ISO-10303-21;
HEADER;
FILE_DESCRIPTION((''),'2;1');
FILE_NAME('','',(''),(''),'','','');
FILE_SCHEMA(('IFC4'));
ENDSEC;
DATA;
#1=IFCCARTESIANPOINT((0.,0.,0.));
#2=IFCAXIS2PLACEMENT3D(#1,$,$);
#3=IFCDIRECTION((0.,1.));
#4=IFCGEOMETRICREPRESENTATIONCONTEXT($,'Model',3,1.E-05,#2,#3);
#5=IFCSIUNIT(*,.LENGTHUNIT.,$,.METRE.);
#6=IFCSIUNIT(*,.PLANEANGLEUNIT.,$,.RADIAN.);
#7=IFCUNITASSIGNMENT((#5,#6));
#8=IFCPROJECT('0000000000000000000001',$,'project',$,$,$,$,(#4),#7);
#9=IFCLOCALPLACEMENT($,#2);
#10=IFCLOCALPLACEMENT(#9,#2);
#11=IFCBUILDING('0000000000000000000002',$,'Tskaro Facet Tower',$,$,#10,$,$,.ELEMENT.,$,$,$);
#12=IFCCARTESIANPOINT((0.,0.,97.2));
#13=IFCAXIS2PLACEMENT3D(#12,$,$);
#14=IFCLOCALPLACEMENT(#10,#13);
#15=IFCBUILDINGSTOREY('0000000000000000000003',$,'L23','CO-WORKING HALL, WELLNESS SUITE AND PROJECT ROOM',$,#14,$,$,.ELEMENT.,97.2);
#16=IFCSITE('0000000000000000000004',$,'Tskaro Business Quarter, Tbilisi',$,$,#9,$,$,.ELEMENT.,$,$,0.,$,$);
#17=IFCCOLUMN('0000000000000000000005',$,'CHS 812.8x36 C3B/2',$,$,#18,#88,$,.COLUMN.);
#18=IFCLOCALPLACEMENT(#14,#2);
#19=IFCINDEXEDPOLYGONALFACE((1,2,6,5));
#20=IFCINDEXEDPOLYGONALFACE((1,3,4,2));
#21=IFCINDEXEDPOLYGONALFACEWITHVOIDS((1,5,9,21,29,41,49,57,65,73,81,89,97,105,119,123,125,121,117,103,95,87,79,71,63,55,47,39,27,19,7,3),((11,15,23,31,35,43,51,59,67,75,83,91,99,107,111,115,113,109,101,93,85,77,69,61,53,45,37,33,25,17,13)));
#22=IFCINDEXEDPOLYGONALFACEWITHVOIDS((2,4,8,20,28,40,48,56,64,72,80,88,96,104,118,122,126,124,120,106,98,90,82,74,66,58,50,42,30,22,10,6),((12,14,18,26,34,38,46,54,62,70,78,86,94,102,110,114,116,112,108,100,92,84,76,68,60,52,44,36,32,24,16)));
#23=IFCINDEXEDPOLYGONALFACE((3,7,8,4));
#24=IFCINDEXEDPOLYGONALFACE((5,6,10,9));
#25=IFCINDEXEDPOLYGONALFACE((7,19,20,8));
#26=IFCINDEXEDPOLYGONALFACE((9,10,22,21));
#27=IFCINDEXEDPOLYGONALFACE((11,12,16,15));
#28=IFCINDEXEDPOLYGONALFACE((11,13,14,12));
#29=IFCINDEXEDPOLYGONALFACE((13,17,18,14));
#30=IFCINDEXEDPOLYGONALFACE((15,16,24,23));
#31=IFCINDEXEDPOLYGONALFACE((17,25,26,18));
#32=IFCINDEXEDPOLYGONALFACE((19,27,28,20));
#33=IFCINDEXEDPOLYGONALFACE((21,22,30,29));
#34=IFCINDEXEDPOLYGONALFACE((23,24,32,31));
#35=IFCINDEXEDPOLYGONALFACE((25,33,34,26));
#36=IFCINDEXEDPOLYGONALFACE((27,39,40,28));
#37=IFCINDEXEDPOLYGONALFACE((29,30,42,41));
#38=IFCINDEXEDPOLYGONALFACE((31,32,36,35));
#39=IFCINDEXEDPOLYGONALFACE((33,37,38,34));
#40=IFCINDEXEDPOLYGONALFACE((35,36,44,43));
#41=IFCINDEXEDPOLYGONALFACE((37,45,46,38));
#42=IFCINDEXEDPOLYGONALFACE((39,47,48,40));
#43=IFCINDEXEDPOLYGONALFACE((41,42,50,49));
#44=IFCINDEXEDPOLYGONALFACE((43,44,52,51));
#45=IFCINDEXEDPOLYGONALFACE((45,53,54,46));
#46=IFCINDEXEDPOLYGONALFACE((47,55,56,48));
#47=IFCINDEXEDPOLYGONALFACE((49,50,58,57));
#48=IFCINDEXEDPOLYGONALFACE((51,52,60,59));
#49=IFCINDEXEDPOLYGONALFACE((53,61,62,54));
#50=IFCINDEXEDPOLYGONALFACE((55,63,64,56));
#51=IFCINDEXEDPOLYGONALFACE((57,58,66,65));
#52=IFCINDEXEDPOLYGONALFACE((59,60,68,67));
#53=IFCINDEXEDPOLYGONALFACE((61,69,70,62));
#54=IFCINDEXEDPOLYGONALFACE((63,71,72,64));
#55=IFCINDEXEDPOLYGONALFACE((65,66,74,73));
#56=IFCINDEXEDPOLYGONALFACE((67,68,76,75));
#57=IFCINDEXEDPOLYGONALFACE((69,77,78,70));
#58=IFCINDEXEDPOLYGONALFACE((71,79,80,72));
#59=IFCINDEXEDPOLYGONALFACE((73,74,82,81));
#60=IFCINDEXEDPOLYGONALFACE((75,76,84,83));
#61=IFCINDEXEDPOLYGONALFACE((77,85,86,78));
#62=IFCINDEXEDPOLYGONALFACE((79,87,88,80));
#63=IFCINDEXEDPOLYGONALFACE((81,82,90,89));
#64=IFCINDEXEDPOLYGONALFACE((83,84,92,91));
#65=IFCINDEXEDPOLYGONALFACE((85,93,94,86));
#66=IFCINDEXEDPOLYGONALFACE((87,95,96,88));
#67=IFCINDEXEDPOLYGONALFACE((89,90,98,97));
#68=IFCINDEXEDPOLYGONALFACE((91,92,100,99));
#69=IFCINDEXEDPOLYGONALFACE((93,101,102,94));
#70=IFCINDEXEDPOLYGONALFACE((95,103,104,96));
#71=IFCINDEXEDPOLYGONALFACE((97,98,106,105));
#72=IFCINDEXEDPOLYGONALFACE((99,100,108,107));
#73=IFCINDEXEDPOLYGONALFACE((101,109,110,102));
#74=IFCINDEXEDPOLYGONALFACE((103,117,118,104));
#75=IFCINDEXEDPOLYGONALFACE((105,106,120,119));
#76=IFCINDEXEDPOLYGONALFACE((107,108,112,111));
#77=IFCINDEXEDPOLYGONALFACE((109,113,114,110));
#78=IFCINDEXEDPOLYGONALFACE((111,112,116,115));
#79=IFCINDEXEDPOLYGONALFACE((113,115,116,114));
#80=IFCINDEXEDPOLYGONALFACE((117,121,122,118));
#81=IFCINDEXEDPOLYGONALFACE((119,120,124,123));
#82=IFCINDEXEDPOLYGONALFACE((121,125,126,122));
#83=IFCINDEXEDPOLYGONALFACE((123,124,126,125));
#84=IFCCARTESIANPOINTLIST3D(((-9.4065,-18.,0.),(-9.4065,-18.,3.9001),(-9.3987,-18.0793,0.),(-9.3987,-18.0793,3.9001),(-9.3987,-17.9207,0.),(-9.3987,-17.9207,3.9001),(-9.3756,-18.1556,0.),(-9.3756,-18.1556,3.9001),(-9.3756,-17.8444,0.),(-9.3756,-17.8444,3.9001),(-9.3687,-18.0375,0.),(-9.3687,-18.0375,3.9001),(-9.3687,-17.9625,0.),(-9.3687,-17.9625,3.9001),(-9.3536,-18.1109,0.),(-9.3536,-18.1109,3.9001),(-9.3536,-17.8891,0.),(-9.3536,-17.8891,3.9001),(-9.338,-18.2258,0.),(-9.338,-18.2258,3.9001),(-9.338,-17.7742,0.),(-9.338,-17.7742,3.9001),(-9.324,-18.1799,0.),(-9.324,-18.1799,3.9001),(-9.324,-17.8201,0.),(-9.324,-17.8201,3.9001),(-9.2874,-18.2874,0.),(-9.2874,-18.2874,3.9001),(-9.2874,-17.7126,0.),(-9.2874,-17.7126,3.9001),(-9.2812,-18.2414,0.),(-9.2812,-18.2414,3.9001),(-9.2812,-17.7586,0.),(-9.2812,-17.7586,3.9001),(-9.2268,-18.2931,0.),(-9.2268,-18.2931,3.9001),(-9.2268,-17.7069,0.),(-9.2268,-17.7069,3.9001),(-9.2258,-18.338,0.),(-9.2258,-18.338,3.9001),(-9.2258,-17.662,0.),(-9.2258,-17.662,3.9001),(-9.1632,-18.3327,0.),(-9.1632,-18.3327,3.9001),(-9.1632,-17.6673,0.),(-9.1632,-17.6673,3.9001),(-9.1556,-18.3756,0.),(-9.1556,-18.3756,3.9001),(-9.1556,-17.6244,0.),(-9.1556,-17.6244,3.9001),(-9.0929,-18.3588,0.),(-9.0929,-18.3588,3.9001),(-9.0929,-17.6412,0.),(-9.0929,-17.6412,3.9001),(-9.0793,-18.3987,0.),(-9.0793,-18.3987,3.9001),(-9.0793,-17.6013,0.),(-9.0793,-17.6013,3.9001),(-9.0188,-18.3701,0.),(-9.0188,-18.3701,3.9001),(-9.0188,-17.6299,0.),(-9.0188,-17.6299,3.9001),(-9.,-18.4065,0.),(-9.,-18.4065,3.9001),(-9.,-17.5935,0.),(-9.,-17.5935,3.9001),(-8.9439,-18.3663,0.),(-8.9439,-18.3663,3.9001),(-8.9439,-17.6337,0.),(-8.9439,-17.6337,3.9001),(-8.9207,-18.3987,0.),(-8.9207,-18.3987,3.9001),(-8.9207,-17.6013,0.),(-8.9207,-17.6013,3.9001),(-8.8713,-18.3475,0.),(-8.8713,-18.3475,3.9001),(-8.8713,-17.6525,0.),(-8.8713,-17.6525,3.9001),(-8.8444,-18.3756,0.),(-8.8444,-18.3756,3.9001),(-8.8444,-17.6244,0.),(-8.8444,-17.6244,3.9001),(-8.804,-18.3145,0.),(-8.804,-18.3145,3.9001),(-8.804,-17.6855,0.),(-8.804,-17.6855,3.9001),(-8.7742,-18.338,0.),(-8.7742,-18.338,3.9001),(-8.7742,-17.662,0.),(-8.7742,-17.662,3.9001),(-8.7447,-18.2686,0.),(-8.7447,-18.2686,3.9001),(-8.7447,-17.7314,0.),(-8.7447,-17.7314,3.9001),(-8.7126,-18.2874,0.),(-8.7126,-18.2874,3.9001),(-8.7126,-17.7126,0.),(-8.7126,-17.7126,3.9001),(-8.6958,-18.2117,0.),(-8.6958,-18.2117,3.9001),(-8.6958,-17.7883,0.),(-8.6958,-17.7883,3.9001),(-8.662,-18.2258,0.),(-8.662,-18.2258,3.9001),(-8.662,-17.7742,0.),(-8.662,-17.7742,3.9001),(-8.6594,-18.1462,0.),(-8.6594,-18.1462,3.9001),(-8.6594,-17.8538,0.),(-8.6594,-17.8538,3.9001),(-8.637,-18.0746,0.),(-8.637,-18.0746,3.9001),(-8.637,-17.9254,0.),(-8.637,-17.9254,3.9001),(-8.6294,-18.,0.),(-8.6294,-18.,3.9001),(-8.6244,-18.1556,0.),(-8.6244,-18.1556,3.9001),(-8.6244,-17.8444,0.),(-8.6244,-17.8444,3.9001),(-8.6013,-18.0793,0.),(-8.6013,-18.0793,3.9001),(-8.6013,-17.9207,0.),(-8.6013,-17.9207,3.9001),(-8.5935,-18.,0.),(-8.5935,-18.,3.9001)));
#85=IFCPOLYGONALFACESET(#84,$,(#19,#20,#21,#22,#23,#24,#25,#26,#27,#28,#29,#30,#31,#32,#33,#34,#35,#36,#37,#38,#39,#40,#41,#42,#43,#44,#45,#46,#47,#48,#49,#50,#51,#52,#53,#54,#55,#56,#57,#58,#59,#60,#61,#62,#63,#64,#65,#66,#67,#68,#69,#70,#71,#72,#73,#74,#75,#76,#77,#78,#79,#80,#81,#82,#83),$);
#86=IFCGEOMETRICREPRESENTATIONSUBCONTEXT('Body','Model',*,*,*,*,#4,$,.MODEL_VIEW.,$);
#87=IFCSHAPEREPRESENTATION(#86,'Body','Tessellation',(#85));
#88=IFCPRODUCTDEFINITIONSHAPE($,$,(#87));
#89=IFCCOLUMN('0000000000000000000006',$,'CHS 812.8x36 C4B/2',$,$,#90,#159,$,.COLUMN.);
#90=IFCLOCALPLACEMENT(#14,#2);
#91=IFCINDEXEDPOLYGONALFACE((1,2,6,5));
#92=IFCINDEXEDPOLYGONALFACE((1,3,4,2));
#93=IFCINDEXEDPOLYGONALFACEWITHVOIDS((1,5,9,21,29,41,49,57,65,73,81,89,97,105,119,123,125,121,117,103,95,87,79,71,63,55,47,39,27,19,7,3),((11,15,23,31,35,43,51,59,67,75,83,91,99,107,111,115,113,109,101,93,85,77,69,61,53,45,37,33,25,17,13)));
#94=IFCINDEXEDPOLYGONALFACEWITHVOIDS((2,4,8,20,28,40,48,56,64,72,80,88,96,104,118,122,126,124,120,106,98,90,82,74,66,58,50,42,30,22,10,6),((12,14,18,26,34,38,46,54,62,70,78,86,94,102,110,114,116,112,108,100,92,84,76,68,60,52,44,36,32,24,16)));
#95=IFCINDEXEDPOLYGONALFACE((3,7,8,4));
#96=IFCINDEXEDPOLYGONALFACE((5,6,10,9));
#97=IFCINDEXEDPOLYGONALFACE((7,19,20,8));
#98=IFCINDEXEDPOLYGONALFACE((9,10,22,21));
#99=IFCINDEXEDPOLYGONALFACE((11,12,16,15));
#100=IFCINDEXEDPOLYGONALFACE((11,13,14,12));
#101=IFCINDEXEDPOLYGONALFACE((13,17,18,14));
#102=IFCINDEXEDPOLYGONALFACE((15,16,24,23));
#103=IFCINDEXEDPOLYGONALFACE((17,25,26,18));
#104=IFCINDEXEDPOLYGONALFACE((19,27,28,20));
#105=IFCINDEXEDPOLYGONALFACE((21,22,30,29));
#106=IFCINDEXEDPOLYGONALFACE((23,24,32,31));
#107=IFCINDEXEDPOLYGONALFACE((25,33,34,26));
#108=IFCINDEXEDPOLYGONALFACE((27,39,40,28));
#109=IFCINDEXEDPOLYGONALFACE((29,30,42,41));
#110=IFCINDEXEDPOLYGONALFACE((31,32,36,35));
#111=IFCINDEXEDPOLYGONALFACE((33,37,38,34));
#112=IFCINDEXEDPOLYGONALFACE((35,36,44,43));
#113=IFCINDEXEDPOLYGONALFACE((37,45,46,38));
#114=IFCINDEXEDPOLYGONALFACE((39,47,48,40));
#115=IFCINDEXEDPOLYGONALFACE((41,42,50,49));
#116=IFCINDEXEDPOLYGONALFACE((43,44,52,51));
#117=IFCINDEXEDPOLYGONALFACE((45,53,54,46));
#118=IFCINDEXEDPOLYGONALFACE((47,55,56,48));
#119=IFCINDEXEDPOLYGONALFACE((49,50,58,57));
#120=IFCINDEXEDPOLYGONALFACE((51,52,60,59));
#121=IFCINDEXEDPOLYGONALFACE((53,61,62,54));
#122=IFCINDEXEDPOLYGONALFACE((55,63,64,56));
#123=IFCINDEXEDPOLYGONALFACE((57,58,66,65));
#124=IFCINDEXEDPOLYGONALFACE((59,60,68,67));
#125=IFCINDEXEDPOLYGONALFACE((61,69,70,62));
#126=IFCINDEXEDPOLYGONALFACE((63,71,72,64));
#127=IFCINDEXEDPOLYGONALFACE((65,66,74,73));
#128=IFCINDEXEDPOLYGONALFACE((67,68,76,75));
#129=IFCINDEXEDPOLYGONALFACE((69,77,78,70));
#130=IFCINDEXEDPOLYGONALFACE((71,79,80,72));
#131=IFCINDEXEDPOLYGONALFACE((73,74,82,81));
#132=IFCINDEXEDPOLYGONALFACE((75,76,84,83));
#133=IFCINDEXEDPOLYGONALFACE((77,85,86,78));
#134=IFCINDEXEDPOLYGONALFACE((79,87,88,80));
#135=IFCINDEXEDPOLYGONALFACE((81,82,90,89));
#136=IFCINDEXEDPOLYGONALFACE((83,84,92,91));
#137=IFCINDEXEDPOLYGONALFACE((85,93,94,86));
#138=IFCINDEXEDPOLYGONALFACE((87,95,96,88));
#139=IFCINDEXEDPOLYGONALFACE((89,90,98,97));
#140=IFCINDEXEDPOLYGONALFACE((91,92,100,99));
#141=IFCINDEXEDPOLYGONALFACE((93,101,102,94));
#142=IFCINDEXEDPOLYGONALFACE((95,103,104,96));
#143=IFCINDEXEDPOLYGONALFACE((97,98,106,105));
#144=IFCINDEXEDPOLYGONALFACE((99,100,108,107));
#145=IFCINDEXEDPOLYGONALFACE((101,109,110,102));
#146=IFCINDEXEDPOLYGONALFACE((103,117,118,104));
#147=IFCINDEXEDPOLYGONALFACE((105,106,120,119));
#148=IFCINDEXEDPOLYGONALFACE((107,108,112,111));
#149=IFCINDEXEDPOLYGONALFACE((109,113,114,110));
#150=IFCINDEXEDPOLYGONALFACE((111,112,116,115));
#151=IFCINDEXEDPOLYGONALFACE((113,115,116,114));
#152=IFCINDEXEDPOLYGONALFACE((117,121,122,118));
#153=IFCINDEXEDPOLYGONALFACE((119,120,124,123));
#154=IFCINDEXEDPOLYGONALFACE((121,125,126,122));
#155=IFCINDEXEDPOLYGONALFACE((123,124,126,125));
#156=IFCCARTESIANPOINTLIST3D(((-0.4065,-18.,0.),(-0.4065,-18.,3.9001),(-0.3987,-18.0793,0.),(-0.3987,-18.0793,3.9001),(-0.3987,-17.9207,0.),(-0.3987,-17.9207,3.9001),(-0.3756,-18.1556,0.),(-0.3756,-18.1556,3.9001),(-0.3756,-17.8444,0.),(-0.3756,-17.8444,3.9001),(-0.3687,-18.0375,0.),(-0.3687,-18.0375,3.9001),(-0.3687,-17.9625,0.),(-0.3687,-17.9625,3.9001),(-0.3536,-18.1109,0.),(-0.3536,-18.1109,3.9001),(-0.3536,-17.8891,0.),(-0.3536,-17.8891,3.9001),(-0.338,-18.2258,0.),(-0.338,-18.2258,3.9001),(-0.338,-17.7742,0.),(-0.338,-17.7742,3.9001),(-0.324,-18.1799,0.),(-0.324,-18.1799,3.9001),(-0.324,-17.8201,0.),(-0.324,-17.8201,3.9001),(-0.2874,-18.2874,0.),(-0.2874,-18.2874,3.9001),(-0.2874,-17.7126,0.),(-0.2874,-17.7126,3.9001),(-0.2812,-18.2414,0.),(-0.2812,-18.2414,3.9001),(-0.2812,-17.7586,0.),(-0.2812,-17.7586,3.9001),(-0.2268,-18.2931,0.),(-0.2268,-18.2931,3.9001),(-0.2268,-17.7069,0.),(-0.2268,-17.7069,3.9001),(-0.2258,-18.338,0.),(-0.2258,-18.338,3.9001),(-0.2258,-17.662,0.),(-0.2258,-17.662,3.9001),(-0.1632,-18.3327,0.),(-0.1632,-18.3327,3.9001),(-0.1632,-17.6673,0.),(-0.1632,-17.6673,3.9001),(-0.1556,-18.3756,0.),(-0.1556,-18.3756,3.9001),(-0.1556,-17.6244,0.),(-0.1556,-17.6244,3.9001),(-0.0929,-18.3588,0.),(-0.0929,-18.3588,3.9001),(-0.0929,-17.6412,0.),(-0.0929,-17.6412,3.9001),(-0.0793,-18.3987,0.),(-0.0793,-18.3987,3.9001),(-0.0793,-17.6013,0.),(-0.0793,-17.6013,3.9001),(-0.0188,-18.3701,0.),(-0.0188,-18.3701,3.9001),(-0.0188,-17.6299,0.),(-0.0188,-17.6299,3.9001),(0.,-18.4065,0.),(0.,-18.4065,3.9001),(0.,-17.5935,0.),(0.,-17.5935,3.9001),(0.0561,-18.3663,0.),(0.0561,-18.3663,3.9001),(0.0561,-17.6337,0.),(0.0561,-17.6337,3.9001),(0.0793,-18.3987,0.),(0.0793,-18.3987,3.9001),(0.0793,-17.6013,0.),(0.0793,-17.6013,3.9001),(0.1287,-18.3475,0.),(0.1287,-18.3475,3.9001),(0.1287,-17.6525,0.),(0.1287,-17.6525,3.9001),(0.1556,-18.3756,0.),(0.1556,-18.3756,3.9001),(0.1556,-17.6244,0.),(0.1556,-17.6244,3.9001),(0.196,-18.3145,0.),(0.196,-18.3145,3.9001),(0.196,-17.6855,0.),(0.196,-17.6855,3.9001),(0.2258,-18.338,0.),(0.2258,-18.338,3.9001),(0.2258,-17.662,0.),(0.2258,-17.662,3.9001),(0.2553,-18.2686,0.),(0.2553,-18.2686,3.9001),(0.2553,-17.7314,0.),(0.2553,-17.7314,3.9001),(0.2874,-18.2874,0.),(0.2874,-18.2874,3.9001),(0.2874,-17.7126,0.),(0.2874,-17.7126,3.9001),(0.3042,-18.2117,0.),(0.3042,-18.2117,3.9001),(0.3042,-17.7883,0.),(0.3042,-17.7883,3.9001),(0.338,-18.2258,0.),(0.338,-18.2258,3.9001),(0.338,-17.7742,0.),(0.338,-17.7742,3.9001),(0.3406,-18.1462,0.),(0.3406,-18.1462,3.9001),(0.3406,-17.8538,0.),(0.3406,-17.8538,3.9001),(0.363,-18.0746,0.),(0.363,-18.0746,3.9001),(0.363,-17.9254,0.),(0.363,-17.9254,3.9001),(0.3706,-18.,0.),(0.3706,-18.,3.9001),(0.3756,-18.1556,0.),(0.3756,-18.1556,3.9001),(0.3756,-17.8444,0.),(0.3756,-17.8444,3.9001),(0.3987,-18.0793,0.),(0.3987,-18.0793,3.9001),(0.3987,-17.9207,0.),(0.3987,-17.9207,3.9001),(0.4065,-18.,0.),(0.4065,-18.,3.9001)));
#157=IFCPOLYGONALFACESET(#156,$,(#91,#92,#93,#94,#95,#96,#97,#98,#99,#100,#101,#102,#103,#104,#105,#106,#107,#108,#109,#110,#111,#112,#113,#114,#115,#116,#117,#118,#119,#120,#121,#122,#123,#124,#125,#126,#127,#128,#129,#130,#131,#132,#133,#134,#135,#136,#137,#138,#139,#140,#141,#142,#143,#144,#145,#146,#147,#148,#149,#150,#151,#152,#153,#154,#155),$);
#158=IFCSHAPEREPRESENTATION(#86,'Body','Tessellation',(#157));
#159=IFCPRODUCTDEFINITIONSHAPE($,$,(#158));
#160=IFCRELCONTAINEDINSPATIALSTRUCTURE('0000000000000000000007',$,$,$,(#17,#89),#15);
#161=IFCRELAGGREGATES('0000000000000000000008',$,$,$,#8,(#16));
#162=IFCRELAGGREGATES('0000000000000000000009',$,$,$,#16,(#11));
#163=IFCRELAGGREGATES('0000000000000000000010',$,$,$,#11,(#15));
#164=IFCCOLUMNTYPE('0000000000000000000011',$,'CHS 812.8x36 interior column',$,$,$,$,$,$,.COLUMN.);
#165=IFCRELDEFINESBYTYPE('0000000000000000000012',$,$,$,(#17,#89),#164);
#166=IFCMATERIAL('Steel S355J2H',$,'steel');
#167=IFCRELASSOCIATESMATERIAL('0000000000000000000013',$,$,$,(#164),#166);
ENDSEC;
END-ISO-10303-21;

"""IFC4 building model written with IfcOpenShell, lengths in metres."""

from ifc_helpers import new_model, si_unit, direction, frame, origin, origin_2d, place, context, subcontext, project, spatial, hollow_circle, extrude, material, material_profile, profile_set, type_object, element, save


model = new_model("IFC4")

# Units and contexts
model_context = context("Model", 3, precision=1e-05, world=origin(), true_north=direction((0.0, 1.0)))
body_context = subcontext(model_context, "Body", "Model", "MODEL_VIEW")
ifc_project = project(units=[si_unit("LENGTHUNIT", "METRE"), si_unit("PLANEANGLEUNIT", "RADIAN")], contexts=[model_context])

# Site, building, storey
site_placement = place(None, origin())
site = spatial("IfcSite", under=ifc_project, at=site_placement, Name="Tskaro Business Quarter, Tbilisi", CompositionType="ELEMENT", RefElevation=0.0)
building_placement = place(site_placement, origin())
building = spatial("IfcBuilding", under=site, at=building_placement, Name="Tskaro Facet Tower", CompositionType="ELEMENT")
storey_placement = place(building_placement, frame((0.0, 0.0, 97.2)))
storey = spatial("IfcBuildingStorey", under=building, at=storey_placement, Name="L23", Description="CO-WORKING HALL, WELLNESS SUITE AND PROJECT ROOM", CompositionType="ELEMENT", Elevation=97.2)

# Columns
ifc_material_1 = material(Name="Steel S355J2H", Category="steel")
ifc_material_profile_1 = material_profile(ifc_material_1, hollow_circle(Radius=0.4065, WallThickness=0.0359, at=origin_2d()), Name="CHS 812.8x36")
ifc_profile_set_1 = profile_set([ifc_material_profile_1], Name="Steel S355J2H")
column_type_1 = type_object("IfcColumnType", Name="CHS 812.8x36 interior column", PredefinedType="COLUMN", material=ifc_profile_set_1)
for number, where, z_axis, x_axis, name in (
    (1, (-9.0, -18.0, 0.0), (0.0, 0.0, 1.0), (1.0, 0.0, 0.0), "CHS 812.8x36 C3B/2"),
    (2, (0.0, -18.0, 0.0), (0.0, 0.0, 1.0), (1.0, 0.0, 0.0), "CHS 812.8x36 C4B/2"),
):
    element("IfcColumn", number, at=place(storey_placement, frame(where, z_axis=z_axis, x_axis=x_axis)), inside=storey, type_object=column_type_1, Name=name, PredefinedType="COLUMN", context=body_context, shape_type="SweptSolid", body=[
        extrude(hollow_circle(Radius=0.4065, WallThickness=0.0359, at=origin_2d()), origin(), (0.0, 0.0, 1.0), 3.9001),
    ])

save(model, "model.ifc")
